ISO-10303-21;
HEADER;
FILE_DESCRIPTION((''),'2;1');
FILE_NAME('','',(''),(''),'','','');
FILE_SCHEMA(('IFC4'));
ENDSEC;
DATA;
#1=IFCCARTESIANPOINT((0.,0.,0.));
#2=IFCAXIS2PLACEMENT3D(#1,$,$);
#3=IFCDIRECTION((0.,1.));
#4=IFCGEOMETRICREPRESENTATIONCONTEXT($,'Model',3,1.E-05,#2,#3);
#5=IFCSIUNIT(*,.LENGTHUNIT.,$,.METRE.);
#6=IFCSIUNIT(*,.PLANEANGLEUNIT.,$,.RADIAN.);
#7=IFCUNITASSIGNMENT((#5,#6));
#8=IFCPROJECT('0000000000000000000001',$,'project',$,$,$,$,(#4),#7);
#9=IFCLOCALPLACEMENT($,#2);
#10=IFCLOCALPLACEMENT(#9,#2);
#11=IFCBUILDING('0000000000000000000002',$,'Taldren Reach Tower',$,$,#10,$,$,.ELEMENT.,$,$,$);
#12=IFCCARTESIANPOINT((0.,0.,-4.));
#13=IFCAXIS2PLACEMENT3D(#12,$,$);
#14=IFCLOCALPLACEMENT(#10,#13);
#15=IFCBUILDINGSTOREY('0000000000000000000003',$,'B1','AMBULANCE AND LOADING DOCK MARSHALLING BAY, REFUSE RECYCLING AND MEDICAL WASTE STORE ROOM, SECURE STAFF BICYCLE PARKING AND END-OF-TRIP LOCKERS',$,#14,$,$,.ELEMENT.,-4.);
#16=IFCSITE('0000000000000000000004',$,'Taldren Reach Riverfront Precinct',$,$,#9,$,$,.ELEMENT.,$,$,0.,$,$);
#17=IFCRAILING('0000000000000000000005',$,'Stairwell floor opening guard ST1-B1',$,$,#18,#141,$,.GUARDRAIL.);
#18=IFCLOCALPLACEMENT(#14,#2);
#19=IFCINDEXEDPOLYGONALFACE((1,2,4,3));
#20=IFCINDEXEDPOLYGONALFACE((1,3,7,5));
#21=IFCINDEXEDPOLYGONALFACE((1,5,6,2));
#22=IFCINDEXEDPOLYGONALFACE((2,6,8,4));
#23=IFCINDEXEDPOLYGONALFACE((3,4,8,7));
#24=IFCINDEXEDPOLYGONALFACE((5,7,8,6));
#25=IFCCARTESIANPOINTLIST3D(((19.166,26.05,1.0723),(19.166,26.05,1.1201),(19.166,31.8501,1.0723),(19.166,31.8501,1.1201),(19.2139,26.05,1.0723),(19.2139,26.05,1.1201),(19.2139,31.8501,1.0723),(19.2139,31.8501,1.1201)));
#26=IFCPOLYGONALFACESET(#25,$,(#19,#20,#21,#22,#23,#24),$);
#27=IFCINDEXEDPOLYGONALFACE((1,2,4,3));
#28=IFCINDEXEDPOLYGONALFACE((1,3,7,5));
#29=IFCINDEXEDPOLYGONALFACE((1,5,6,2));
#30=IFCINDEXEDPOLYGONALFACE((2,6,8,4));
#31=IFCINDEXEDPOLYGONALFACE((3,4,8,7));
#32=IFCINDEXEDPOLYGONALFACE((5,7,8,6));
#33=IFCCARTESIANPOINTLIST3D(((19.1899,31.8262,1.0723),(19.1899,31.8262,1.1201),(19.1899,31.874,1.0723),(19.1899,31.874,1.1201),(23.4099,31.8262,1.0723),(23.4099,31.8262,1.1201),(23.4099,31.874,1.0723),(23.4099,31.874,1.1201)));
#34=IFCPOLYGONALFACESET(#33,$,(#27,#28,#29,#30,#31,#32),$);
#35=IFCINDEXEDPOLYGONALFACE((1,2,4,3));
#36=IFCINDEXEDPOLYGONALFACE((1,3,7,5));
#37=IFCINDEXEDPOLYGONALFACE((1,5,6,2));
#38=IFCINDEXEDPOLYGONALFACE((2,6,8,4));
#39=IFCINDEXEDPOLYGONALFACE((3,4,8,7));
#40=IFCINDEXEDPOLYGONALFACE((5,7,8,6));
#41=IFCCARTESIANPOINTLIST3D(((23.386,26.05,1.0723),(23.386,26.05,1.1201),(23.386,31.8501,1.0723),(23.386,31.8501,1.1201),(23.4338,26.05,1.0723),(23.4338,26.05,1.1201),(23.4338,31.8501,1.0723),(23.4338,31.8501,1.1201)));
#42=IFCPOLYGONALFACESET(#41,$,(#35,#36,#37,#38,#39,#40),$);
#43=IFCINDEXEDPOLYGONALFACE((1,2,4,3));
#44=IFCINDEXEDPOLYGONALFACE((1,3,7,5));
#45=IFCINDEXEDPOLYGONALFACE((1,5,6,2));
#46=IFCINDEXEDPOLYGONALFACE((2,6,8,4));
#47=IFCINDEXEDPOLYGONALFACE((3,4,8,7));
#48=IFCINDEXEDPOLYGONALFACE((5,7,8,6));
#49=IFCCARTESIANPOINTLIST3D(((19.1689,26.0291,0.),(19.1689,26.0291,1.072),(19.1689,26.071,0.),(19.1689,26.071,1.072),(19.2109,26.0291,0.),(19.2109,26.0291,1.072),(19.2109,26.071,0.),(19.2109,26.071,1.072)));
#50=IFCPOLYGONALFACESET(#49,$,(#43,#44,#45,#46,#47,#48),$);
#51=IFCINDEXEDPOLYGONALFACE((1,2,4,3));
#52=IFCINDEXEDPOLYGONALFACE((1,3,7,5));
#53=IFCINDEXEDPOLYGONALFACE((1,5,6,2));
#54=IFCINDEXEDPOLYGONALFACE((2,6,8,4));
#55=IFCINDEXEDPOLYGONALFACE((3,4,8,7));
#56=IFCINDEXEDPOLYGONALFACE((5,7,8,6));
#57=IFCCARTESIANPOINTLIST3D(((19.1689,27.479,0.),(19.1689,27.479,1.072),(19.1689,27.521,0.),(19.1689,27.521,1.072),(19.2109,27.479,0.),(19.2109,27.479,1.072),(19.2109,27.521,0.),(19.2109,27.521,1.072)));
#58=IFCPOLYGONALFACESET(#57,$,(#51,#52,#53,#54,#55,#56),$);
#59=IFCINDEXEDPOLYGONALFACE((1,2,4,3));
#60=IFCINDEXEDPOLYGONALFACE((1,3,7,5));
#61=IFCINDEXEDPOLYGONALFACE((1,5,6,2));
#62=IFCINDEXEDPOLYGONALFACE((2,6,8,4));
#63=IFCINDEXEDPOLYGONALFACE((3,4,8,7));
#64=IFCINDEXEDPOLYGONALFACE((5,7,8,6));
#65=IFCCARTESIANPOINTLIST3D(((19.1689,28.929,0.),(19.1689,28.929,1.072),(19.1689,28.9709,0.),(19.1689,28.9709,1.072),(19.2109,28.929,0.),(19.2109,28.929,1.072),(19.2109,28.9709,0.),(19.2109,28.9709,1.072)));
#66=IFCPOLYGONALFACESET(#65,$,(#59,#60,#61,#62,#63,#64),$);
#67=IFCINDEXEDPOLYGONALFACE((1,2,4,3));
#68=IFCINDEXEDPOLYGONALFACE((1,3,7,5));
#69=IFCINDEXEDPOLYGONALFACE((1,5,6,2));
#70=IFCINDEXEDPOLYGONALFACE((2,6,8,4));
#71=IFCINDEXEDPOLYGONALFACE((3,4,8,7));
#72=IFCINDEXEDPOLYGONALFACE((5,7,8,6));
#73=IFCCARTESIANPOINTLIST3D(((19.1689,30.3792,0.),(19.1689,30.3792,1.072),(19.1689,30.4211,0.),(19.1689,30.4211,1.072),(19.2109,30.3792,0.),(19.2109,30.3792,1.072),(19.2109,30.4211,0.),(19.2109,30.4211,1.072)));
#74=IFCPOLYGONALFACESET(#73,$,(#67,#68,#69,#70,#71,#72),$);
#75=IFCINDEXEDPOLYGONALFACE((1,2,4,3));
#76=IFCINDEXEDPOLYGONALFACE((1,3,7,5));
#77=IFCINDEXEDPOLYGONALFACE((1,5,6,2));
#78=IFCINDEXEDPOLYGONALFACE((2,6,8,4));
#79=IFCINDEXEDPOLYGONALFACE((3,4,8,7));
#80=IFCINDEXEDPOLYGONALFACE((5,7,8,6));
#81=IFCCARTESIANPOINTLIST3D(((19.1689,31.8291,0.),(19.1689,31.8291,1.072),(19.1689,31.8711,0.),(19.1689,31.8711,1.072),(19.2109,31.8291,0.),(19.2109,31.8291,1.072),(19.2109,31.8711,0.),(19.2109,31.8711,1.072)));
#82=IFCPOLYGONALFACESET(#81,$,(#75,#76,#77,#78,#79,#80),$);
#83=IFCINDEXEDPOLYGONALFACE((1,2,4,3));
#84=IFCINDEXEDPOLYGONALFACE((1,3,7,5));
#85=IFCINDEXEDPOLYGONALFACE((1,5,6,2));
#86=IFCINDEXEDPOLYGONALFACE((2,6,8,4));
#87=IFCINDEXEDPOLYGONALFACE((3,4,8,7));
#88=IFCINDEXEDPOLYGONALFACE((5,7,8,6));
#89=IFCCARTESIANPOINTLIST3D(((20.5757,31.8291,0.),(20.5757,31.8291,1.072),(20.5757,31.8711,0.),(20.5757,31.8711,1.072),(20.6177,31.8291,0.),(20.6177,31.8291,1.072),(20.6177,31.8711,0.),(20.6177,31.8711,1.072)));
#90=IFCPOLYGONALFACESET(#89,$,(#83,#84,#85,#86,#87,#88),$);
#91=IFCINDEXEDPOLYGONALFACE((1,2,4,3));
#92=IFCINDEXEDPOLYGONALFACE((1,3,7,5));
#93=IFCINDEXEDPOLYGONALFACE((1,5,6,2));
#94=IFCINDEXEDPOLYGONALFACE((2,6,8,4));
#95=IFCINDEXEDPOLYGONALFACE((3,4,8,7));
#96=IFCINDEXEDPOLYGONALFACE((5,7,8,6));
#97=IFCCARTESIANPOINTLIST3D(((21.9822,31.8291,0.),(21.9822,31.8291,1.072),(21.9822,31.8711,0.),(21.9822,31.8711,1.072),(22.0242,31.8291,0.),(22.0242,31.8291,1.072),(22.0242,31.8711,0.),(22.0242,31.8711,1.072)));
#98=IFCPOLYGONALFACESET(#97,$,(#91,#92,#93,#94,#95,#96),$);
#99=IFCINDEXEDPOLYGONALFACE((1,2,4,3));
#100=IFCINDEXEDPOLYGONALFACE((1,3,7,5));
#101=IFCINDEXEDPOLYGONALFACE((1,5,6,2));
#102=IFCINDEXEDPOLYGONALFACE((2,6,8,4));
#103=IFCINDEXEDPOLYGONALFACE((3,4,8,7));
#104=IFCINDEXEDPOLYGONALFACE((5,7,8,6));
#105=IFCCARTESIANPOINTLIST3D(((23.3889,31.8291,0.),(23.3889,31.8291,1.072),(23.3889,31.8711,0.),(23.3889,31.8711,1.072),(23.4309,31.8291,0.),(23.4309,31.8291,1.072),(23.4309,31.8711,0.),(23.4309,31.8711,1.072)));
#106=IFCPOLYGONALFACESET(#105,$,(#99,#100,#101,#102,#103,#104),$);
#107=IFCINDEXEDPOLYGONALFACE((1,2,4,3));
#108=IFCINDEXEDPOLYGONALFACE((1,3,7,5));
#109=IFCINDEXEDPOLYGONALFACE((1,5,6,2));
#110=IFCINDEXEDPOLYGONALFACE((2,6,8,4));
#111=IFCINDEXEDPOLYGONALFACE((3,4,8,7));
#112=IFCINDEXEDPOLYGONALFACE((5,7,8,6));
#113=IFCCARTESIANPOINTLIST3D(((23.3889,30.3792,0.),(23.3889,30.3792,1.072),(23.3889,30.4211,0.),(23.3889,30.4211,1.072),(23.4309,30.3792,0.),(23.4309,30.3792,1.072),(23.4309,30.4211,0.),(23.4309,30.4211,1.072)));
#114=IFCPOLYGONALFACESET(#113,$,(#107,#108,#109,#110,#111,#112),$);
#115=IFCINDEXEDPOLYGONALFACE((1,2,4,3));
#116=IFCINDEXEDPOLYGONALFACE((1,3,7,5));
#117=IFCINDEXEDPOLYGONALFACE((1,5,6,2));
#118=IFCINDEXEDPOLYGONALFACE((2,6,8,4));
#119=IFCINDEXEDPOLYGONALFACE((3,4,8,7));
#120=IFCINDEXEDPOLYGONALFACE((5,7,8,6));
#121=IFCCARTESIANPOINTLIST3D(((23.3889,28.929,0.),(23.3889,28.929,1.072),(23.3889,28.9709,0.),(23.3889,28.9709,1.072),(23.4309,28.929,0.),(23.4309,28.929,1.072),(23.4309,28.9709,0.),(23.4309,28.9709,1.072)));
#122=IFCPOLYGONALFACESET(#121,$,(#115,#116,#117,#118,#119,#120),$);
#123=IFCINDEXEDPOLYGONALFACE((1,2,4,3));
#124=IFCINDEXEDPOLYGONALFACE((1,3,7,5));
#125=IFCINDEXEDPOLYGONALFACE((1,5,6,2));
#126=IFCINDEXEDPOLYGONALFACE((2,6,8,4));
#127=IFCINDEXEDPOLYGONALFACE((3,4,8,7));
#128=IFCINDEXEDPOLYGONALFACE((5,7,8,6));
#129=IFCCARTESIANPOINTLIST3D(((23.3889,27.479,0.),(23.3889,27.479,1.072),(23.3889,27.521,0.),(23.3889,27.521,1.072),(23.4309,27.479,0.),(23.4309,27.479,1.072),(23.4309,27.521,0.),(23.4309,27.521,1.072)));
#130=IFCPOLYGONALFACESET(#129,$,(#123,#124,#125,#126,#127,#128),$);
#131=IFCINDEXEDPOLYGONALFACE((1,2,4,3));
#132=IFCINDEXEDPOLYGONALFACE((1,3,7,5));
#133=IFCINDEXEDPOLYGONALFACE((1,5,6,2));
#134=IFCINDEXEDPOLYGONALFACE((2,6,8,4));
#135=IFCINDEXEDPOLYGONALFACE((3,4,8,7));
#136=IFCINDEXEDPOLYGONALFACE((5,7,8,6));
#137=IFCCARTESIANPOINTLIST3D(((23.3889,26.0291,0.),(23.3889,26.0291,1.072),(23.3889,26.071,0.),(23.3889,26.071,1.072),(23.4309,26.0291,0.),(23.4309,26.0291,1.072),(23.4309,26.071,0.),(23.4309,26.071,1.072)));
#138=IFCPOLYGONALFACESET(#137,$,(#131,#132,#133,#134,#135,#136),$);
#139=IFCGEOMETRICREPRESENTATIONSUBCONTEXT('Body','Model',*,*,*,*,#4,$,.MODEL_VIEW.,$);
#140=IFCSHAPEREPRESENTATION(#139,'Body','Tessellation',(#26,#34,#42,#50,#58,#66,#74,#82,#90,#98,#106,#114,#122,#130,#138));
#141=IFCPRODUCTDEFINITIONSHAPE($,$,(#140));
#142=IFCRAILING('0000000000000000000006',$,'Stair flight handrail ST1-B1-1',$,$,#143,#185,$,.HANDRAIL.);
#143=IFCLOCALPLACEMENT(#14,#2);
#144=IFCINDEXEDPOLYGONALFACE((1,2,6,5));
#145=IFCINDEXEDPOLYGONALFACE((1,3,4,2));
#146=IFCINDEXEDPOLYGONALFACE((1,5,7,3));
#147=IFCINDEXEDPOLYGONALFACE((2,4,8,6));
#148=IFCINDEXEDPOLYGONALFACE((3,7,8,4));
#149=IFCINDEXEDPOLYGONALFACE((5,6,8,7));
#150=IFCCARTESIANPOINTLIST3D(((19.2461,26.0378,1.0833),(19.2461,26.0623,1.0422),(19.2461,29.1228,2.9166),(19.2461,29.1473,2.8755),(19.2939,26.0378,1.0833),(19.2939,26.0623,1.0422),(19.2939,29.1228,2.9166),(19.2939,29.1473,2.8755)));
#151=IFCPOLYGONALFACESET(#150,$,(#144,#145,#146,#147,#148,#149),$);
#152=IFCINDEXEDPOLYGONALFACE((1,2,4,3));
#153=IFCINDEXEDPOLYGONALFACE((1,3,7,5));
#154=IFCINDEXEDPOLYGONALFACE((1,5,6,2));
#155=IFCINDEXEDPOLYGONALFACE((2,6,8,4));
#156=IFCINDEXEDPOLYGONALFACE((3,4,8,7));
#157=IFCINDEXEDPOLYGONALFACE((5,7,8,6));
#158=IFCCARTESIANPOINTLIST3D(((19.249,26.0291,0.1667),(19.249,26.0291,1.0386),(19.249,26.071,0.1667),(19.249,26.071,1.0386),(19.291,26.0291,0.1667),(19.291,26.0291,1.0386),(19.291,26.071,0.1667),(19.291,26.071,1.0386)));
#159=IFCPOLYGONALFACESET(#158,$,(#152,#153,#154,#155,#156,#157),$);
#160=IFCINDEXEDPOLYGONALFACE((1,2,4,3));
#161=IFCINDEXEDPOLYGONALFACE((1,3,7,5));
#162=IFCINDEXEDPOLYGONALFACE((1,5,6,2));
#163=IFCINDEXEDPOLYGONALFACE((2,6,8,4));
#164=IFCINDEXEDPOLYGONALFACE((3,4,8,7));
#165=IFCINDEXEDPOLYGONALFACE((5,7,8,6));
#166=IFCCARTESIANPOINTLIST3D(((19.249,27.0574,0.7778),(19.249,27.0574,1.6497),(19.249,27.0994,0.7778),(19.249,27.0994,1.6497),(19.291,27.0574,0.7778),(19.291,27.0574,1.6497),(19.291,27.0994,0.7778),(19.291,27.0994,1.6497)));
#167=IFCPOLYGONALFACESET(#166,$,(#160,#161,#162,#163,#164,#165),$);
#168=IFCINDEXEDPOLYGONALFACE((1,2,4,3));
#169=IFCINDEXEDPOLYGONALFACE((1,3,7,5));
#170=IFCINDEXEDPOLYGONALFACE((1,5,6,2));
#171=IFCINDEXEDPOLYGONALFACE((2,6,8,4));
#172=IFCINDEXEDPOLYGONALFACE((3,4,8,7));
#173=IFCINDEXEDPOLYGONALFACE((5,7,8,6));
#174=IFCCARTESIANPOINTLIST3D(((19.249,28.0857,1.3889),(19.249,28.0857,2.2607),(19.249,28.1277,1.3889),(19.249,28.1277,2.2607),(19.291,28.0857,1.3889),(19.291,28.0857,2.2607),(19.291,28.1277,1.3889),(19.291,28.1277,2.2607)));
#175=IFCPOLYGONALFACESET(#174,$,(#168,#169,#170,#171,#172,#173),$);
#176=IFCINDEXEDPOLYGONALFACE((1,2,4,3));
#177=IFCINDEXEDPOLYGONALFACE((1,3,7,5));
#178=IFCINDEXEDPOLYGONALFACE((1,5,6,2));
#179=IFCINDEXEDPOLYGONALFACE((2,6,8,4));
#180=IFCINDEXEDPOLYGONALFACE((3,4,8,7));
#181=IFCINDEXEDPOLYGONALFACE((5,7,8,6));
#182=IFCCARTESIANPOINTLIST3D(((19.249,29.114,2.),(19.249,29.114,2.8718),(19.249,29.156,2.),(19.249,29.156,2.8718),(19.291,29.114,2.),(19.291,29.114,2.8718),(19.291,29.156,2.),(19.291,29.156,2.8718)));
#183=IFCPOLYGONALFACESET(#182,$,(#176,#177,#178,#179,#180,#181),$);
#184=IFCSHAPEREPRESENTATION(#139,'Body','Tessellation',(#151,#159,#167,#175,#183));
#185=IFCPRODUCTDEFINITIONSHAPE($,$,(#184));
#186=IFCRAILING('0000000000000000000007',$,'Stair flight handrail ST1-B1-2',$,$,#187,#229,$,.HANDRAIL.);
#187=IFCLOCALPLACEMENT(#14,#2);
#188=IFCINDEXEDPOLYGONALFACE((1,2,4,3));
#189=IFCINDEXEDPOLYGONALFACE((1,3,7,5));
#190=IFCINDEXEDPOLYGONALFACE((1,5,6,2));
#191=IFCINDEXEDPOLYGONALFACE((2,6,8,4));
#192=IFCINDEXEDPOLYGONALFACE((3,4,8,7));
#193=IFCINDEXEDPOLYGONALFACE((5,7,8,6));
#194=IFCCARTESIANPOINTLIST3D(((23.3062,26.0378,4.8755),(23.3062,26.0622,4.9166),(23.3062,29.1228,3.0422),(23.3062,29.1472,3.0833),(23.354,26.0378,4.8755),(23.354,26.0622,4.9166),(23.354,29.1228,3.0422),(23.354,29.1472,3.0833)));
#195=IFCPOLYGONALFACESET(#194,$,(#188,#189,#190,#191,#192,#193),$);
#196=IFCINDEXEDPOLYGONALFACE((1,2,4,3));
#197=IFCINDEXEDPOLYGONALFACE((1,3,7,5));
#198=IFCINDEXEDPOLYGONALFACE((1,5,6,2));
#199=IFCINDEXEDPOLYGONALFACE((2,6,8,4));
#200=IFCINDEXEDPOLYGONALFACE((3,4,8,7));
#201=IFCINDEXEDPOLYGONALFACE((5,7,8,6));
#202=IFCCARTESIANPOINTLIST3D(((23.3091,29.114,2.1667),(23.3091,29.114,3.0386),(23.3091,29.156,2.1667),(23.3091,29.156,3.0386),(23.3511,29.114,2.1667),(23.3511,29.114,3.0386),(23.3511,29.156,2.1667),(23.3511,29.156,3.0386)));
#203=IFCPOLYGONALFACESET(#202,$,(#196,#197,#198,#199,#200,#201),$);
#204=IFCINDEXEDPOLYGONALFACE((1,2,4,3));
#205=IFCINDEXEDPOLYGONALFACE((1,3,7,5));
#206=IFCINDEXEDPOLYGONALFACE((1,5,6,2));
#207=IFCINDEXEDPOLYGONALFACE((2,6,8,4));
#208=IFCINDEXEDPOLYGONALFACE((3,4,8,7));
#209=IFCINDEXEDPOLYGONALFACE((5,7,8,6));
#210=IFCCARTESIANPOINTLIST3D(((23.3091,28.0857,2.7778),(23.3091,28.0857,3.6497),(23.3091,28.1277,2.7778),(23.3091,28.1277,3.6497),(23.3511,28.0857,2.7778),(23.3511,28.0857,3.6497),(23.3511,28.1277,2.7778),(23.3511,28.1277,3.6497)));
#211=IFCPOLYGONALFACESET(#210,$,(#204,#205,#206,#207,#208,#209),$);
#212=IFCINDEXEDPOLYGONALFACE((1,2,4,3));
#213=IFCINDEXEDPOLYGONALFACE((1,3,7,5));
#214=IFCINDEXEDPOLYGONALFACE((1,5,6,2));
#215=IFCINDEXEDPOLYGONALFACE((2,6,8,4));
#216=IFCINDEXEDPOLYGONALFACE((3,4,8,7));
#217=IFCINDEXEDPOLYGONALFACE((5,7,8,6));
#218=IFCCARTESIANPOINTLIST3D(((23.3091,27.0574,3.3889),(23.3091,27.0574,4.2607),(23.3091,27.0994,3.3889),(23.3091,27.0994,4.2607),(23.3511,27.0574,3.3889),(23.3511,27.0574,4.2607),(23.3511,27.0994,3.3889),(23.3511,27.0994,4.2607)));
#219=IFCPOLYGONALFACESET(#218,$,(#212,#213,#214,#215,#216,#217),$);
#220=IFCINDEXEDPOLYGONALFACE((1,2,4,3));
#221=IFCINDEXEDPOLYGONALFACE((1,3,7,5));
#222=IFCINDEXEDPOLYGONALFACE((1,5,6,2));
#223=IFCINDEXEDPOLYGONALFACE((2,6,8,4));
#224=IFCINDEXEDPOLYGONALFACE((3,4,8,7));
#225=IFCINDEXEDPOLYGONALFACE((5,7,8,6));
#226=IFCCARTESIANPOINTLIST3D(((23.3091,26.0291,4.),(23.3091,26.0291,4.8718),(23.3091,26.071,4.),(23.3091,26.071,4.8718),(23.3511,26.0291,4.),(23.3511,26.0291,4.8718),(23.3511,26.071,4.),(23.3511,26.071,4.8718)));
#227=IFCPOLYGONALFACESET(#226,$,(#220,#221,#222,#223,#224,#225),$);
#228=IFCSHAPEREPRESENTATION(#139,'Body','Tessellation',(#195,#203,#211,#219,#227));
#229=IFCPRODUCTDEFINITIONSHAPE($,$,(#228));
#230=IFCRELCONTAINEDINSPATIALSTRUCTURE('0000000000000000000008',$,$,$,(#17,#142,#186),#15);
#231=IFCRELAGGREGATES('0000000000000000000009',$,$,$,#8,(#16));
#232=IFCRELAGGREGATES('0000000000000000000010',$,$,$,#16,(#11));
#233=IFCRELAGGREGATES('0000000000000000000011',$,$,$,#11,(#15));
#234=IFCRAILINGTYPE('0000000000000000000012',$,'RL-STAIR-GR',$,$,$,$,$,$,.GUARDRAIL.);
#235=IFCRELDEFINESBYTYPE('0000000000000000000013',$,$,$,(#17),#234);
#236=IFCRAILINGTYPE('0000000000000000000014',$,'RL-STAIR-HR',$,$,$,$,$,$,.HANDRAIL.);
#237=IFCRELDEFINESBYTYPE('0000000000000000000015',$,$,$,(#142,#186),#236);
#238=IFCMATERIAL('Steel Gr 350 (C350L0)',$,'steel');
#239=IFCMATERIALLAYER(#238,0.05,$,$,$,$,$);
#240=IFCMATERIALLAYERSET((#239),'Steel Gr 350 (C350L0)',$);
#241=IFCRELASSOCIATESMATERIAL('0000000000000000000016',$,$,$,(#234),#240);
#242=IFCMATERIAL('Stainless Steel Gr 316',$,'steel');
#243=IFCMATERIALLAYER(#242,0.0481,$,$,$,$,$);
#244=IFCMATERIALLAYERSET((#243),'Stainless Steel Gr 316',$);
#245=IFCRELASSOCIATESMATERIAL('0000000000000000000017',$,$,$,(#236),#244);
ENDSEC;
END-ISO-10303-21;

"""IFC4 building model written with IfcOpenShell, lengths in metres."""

from ifc_helpers import new_model, si_unit, direction, frame, origin, origin_2d, place, context, subcontext, project, spatial, rectangle, extrude, material, layer, layer_set, type_object, element, save


model = new_model("IFC4")

# Units and contexts
model_context = context("Model", 3, precision=1e-05, world=origin(), true_north=direction((0.0, 1.0)))
body_context = subcontext(model_context, "Body", "Model", "MODEL_VIEW")
ifc_project = project(units=[si_unit("LENGTHUNIT", "METRE"), si_unit("PLANEANGLEUNIT", "RADIAN")], contexts=[model_context])

# Site, building, storey
site_placement = place(None, origin())
site = spatial("IfcSite", under=ifc_project, at=site_placement, Name="Taldren Reach Riverfront Precinct", CompositionType="ELEMENT", RefElevation=0.0)
building_placement = place(site_placement, origin())
building = spatial("IfcBuilding", under=site, at=building_placement, Name="Taldren Reach Tower", CompositionType="ELEMENT")
storey_placement = place(building_placement, frame((0.0, 0.0, -4.0)))
storey = spatial("IfcBuildingStorey", under=building, at=storey_placement, Name="B1", Description="AMBULANCE AND LOADING DOCK MARSHALLING BAY, REFUSE RECYCLING AND MEDICAL WASTE STORE ROOM, SECURE STAFF BICYCLE PARKING AND END-OF-TRIP LOCKERS", CompositionType="ELEMENT", Elevation=-4.0)

# Shared definitions
ifc_material_1 = material(Name="Steel Gr 350 (C350L0)", Category="steel")

# Railings
ifc_layer_1 = layer(ifc_material_1, 0.05)
ifc_layer_set_1 = layer_set([ifc_layer_1], Name="Steel Gr 350 (C350L0)")
railing_type_1 = type_object("IfcRailingType", Name="RL-STAIR-GR", PredefinedType="GUARDRAIL", material=ifc_layer_set_1)
railing_1_placement = place(storey_placement, frame((19.1899, 26.05, 0.0)))
element("IfcRailing", 1, at=railing_1_placement, inside=storey, type_object=railing_type_1, Name="Stairwell floor opening guard ST1-B1", PredefinedType="GUARDRAIL", context=body_context, shape_type="SweptSolid", body=[
    extrude(rectangle(XDim=0.0479, YDim=0.0479, at=origin_2d()), frame((0.0, 0.0, 1.0962), z_axis=(0.0, 1.0, 0.0), x_axis=(-1.0, 0.0, 0.0)), (0.0, 0.0, 1.0), 5.8),
    extrude(rectangle(XDim=0.0479, YDim=0.0479, at=origin_2d()), frame((0.0, 5.8, 1.0962), z_axis=(1.0, 0.0, 0.0), x_axis=(0.0, 1.0, 0.0)), (0.0, 0.0, 1.0), 4.22),
    extrude(rectangle(XDim=0.0479, YDim=0.0479, at=origin_2d()), frame((4.22, 5.8, 1.0962), z_axis=(0.0, -1.0, 0.0), x_axis=(1.0, 0.0, 0.0)), (0.0, 0.0, 1.0), 5.8),
    extrude(rectangle(XDim=0.042, YDim=0.042, at=origin_2d()), origin(), (0.0, 0.0, 1.0), 1.072),
    extrude(rectangle(XDim=0.042, YDim=0.042, at=origin_2d()), frame((0.0, 1.45, 0.0)), (0.0, 0.0, 1.0), 1.072),
    extrude(rectangle(XDim=0.042, YDim=0.042, at=origin_2d()), frame((0.0, 2.8999, 0.0)), (0.0, 0.0, 1.0), 1.072),
    extrude(rectangle(XDim=0.042, YDim=0.042, at=origin_2d()), frame((0.0, 4.3501, 0.0)), (0.0, 0.0, 1.0), 1.072),
    extrude(rectangle(XDim=0.042, YDim=0.042, at=origin_2d()), frame((0.0, 5.8, 0.0)), (0.0, 0.0, 1.0), 1.072),
    extrude(rectangle(XDim=0.042, YDim=0.042, at=origin_2d()), frame((1.4067, 5.8, 0.0)), (0.0, 0.0, 1.0), 1.072),
    extrude(rectangle(XDim=0.042, YDim=0.042, at=origin_2d()), frame((2.8132, 5.8, 0.0)), (0.0, 0.0, 1.0), 1.072),
    extrude(rectangle(XDim=0.042, YDim=0.042, at=origin_2d()), frame((4.22, 5.8, 0.0)), (0.0, 0.0, 1.0), 1.072),
    extrude(rectangle(XDim=0.042, YDim=0.042, at=origin_2d()), frame((4.22, 4.3501, 0.0)), (0.0, 0.0, 1.0), 1.072),
    extrude(rectangle(XDim=0.042, YDim=0.042, at=origin_2d()), frame((4.22, 2.8999, 0.0)), (0.0, 0.0, 1.0), 1.072),
    extrude(rectangle(XDim=0.042, YDim=0.042, at=origin_2d()), frame((4.22, 1.45, 0.0)), (0.0, 0.0, 1.0), 1.072),
    extrude(rectangle(XDim=0.042, YDim=0.042, at=origin_2d()), frame((4.22, 0.0, 0.0)), (0.0, 0.0, 1.0), 1.072),
])
ifc_material_2 = material(Name="Stainless Steel Gr 316", Category="steel")
ifc_layer_2 = layer(ifc_material_2, 0.0481)
ifc_layer_set_2 = layer_set([ifc_layer_2], Name="Stainless Steel Gr 316")
railing_type_2 = type_object("IfcRailingType", Name="RL-STAIR-HR", PredefinedType="HANDRAIL", material=ifc_layer_set_2)
railing_2_placement = place(storey_placement, frame((19.27, 26.05, 0.1667)))
element("IfcRailing", 2, at=railing_2_placement, inside=storey, type_object=railing_type_2, Name="Stair flight handrail ST1-B1-1", PredefinedType="HANDRAIL", context=body_context, shape_type="SweptSolid", body=[
    extrude(rectangle(XDim=0.0479, YDim=0.0479, at=origin_2d()), frame((0.0, 0.0, 0.896), z_axis=(0.0, 0.859664, 0.510859), x_axis=(-1.0, 0.0, 0.0)), (0.0, 0.0, 1.0), 3.5886),
    extrude(rectangle(XDim=0.042, YDim=0.042, at=origin_2d()), origin(), (0.0, 0.0, 1.0), 0.8718),
    extrude(rectangle(XDim=0.042, YDim=0.042, at=origin_2d()), frame((0.0, 1.0283, 0.6111)), (0.0, 0.0, 1.0), 0.8718),
    extrude(rectangle(XDim=0.042, YDim=0.042, at=origin_2d()), frame((0.0, 2.0566, 1.2222)), (0.0, 0.0, 1.0), 0.8718),
    extrude(rectangle(XDim=0.042, YDim=0.042, at=origin_2d()), frame((0.0, 3.085, 1.8333)), (0.0, 0.0, 1.0), 0.8718),
])
railing_3_placement = place(storey_placement, frame((23.3301, 29.135, 2.1667)))
element("IfcRailing", 3, at=railing_3_placement, inside=storey, type_object=railing_type_2, Name="Stair flight handrail ST1-B1-2", PredefinedType="HANDRAIL", context=body_context, shape_type="SweptSolid", body=[
    extrude(rectangle(XDim=0.0479, YDim=0.0479, at=origin_2d()), frame((0.0, 0.0, 0.896), z_axis=(0.0, -0.859664, 0.510859), x_axis=(1.0, 0.0, 0.0)), (0.0, 0.0, 1.0), 3.5886),
    extrude(rectangle(XDim=0.042, YDim=0.042, at=origin_2d()), origin(), (0.0, 0.0, 1.0), 0.8718),
    extrude(rectangle(XDim=0.042, YDim=0.042, at=origin_2d()), frame((0.0, -1.0283, 0.6111)), (0.0, 0.0, 1.0), 0.8718),
    extrude(rectangle(XDim=0.042, YDim=0.042, at=origin_2d()), frame((0.0, -2.0566, 1.2222)), (0.0, 0.0, 1.0), 0.8718),
    extrude(rectangle(XDim=0.042, YDim=0.042, at=origin_2d()), frame((0.0, -3.085, 1.8333)), (0.0, 0.0, 1.0), 0.8718),
])

save(model, "model.ifc")
